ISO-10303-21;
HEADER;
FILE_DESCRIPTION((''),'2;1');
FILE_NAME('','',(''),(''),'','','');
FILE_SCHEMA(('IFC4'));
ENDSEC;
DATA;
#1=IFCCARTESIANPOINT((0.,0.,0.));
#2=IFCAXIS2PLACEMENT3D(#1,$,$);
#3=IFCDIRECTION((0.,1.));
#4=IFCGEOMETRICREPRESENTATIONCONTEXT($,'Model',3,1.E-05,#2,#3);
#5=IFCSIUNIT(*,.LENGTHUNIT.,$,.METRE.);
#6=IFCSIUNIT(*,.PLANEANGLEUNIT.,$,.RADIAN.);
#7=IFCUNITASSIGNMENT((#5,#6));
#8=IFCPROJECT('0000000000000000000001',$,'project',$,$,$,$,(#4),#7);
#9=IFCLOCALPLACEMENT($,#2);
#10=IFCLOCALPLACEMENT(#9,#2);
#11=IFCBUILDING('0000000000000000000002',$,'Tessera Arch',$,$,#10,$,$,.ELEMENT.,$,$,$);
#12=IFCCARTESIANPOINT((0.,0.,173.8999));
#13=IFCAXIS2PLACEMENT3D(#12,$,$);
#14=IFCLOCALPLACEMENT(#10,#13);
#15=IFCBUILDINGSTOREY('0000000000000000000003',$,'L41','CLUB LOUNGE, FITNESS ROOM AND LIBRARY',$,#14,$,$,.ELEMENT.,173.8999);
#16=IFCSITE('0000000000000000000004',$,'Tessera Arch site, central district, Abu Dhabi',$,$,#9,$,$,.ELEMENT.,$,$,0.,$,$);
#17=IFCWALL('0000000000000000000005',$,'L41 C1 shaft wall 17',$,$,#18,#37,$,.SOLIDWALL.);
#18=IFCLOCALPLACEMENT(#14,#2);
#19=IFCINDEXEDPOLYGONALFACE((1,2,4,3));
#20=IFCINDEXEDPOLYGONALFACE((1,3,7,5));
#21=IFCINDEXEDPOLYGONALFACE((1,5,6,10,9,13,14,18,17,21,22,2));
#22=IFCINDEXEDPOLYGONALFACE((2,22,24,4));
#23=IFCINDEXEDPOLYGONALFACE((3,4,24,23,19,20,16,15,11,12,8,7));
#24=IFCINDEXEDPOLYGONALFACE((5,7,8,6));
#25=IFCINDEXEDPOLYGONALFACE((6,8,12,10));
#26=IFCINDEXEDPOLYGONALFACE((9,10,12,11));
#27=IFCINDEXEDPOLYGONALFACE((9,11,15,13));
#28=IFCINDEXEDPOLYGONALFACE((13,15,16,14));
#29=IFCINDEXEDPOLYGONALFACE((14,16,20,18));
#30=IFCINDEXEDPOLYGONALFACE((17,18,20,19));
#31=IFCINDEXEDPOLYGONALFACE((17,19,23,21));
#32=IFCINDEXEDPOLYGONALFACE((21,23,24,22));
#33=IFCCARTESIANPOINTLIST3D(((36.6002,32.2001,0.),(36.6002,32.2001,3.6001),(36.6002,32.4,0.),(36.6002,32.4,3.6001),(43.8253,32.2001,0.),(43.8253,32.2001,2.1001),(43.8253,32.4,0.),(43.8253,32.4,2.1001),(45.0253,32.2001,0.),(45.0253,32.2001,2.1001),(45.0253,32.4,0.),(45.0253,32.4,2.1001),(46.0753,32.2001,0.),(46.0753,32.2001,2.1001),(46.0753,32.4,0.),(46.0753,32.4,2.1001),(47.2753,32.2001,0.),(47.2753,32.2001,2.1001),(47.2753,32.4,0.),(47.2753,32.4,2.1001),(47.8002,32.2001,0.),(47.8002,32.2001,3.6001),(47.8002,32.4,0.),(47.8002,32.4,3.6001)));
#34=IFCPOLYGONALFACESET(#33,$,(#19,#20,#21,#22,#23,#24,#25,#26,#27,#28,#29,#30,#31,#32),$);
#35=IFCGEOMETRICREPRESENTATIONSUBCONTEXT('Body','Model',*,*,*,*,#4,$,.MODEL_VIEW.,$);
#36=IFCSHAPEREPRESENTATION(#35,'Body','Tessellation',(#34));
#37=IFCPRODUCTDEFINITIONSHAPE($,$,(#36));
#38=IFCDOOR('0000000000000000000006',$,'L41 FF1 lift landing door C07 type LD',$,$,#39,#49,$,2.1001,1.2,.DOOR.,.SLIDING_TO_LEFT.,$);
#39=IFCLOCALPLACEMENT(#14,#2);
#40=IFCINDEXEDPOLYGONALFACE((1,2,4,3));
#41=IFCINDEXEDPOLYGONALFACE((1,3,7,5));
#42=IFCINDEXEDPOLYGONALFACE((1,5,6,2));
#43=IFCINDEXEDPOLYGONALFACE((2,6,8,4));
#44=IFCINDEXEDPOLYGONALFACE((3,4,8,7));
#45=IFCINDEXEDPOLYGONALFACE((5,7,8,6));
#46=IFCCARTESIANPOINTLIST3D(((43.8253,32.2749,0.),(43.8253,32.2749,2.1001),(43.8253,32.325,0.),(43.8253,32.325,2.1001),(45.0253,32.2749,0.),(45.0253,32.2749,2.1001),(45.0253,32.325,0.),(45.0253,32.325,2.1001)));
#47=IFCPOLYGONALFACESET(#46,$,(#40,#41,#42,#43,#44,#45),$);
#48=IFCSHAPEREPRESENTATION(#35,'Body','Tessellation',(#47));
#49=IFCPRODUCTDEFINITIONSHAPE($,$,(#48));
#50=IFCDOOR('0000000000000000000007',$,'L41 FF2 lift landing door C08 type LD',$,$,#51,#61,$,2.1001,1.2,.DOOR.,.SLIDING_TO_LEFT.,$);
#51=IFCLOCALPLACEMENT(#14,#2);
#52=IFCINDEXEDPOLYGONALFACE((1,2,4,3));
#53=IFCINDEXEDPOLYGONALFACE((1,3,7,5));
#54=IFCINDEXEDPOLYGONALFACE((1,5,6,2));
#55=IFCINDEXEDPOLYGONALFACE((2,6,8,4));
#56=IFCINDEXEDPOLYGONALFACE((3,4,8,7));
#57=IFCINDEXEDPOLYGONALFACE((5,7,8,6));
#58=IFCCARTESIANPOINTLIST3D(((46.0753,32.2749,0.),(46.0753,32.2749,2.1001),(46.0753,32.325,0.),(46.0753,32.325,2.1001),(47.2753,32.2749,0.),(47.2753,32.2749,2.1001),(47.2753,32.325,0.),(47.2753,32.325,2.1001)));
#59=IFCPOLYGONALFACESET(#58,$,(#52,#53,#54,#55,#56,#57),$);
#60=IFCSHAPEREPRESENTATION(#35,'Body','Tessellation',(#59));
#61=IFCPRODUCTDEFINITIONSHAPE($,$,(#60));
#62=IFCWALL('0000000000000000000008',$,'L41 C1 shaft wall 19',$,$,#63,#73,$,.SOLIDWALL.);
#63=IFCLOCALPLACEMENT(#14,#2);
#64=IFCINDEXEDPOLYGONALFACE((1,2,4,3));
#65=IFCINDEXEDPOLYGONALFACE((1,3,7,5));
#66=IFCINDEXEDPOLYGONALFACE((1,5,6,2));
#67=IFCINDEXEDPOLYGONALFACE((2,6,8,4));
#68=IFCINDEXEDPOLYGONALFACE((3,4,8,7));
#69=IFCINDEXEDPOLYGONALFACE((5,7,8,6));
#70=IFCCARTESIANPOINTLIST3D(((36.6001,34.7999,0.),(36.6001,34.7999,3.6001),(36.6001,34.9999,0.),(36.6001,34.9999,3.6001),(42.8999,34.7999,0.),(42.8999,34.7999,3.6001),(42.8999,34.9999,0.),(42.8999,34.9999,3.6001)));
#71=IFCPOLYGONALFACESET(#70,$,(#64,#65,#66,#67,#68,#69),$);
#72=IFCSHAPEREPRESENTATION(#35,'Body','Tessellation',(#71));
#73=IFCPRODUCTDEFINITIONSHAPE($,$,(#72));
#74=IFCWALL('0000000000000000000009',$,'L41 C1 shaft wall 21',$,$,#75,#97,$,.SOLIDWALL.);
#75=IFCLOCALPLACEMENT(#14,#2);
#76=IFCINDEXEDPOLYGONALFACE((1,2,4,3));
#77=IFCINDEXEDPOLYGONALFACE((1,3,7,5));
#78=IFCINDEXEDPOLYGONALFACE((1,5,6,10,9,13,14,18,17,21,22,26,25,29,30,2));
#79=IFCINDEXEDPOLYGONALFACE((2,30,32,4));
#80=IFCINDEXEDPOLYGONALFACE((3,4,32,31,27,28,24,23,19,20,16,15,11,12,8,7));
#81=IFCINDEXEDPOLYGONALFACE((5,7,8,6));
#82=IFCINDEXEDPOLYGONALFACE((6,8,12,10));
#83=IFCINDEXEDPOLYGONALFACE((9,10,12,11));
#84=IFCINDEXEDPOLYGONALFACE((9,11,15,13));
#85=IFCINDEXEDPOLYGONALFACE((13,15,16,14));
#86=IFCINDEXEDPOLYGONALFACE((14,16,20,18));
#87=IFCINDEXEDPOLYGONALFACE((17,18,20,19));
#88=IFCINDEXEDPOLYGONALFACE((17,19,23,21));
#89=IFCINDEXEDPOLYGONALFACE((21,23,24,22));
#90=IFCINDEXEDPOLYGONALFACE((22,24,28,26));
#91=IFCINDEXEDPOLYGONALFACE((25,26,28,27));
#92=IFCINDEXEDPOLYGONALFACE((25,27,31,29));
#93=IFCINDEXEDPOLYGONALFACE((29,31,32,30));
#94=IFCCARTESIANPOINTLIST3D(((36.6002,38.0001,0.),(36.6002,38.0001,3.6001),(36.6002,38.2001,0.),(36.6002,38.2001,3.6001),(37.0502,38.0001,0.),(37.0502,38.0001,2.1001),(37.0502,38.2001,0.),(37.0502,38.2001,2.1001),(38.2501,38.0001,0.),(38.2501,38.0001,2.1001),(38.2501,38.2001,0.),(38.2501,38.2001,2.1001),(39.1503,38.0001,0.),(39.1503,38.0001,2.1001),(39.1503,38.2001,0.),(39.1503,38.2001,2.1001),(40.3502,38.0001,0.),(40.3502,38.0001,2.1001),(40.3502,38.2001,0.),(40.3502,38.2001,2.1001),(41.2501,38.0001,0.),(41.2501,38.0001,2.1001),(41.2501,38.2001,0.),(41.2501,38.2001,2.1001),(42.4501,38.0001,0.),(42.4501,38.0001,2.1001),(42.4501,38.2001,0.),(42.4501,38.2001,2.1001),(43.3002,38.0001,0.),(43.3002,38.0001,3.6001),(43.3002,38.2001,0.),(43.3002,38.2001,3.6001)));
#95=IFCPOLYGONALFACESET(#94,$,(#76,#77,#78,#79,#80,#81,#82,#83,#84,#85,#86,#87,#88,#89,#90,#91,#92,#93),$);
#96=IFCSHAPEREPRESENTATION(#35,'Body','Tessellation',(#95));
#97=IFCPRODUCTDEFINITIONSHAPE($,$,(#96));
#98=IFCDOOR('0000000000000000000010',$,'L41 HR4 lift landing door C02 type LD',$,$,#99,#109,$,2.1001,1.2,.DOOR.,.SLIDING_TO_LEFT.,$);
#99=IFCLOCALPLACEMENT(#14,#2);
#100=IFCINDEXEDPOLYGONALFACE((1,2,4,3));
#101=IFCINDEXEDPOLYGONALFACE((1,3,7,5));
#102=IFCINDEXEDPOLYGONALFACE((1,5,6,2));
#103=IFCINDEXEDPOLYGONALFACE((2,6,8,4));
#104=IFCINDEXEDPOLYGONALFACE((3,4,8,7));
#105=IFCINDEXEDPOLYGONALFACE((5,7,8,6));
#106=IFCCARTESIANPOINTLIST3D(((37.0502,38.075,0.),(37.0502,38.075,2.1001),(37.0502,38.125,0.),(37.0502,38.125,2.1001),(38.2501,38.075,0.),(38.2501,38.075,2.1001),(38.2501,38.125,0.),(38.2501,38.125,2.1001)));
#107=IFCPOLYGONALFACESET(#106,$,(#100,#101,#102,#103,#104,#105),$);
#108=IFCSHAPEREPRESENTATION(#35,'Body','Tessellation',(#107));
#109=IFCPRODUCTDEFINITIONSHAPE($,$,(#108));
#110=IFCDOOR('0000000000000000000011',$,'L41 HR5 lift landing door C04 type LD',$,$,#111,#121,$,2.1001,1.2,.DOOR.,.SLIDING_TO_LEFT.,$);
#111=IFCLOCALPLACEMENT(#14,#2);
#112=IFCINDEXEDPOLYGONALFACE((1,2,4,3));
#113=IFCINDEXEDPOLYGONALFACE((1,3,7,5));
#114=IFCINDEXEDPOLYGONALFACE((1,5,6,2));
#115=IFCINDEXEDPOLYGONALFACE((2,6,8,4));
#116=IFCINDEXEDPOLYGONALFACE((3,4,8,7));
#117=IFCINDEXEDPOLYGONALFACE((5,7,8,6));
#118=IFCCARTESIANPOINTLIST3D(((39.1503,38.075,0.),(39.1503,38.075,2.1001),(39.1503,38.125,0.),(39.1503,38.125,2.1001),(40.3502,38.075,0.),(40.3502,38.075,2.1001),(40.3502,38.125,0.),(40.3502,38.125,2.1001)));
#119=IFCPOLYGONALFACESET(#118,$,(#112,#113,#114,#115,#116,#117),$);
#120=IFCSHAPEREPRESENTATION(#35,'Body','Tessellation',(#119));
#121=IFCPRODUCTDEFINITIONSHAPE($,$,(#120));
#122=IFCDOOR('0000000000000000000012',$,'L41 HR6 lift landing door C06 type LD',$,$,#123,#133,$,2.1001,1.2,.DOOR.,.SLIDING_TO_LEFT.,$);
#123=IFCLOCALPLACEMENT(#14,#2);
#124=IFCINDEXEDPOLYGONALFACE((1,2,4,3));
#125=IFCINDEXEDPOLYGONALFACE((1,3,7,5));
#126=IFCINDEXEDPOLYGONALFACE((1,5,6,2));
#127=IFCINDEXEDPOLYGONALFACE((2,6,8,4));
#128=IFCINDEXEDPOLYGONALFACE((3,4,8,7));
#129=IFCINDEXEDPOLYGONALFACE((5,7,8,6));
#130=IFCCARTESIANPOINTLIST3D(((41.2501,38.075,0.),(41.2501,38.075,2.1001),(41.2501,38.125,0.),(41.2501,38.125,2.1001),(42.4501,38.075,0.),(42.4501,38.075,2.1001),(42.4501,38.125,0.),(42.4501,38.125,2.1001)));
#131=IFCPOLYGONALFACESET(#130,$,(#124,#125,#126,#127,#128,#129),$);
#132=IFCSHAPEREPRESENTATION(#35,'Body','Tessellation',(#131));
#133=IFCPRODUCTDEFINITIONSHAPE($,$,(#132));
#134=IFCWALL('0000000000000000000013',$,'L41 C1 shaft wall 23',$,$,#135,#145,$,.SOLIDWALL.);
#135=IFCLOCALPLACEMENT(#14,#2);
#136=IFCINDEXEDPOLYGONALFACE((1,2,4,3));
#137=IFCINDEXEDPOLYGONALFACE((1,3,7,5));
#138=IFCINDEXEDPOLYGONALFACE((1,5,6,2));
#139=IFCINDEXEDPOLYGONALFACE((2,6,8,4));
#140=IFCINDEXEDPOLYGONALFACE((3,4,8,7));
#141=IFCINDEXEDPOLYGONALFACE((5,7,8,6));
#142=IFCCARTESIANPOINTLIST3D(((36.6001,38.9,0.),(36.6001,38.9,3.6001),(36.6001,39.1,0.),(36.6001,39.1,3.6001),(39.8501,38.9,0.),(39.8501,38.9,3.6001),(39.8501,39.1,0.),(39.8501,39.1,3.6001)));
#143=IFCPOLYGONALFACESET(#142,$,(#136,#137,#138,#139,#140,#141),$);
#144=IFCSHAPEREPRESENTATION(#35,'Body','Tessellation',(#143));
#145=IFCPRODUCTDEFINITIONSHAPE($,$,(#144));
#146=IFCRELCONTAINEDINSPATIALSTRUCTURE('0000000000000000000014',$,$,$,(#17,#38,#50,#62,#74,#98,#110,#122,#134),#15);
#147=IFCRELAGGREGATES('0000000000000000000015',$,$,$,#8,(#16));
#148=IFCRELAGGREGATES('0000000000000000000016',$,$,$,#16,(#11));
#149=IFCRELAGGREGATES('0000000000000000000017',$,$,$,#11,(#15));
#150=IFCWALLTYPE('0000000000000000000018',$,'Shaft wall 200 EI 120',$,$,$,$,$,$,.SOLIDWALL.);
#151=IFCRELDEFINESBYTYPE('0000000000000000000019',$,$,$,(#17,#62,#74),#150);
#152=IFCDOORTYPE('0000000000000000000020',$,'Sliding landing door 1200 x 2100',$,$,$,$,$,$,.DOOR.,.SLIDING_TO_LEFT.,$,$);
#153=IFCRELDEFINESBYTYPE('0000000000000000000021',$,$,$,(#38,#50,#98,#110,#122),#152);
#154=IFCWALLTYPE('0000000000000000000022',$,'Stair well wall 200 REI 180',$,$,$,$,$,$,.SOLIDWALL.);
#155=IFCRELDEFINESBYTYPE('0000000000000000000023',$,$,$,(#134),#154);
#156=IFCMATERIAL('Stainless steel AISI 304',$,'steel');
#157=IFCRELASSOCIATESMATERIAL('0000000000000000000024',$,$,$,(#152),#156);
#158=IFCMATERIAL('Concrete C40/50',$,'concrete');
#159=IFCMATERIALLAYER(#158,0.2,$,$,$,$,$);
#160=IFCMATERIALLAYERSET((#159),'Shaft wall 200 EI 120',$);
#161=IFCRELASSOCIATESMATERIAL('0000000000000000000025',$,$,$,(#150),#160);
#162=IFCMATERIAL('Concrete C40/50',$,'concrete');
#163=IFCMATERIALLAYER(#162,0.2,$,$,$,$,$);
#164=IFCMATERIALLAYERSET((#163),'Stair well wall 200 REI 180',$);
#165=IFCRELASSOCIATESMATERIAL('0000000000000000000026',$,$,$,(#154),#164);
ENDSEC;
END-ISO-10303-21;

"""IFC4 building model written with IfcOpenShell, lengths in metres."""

from ifc_helpers import new_model, si_unit, direction, frame, frame_2d, origin, place, context, subcontext, project, spatial, rectangle, extrude, material, layer, layer_set, type_object, element, fill, save


model = new_model("IFC4")

# Units and contexts
model_context = context("Model", 3, precision=1e-05, world=origin(), true_north=direction((0.0, 1.0)))
body_context = subcontext(model_context, "Body", "Model", "MODEL_VIEW")
ifc_project = project(units=[si_unit("LENGTHUNIT", "METRE"), si_unit("PLANEANGLEUNIT", "RADIAN")], contexts=[model_context])

# Site, building, storey
site_placement = place(None, origin())
site = spatial("IfcSite", under=ifc_project, at=site_placement, Name="Tessera Arch site, central district, Abu Dhabi", CompositionType="ELEMENT", RefElevation=0.0)
building_placement = place(site_placement, origin())
building = spatial("IfcBuilding", under=site, at=building_placement, Name="Tessera Arch", CompositionType="ELEMENT")
storey_placement = place(building_placement, frame((0.0, 0.0, 173.8999)))
storey = spatial("IfcBuildingStorey", under=building, at=storey_placement, Name="L41", Description="CLUB LOUNGE, FITNESS ROOM AND LIBRARY", CompositionType="ELEMENT", Elevation=173.8999)

# Shared definitions
ifc_material_1 = material(Name="Stainless steel AISI 304", Category="steel")
door_type_1 = type_object("IfcDoorType", Name="Sliding landing door 1200 x 2100", OperationType="SLIDING_TO_LEFT", PredefinedType="DOOR", material=ifc_material_1)

# Shared definitions
ifc_material_2 = material(Name="Concrete C40/50", Category="concrete")
ifc_layer_1 = layer(ifc_material_2, 0.2)
ifc_layer_set_1 = layer_set([ifc_layer_1], Name="Shaft wall 200 EI 120")
wall_type_1 = type_object("IfcWallType", Name="Shaft wall 200 EI 120", PredefinedType="SOLIDWALL", material=ifc_layer_set_1)

# Wall, openings, doors
wall_1_placement = place(storey_placement, frame((36.6001, 32.3, 0.0), z_axis=(0.0, 0.0, 1.0), x_axis=(1.0, 0.0, 0.0)))
wall_1 = element("IfcWall", 1, at=wall_1_placement, inside=storey, type_object=wall_type_1, Name="L41 C1 shaft wall 17", PredefinedType="SOLIDWALL", context=body_context, shape_type="SweptSolid", body=[
    extrude(rectangle(XDim=11.2, YDim=0.2, at=frame_2d((5.6001, 0.0))), origin(), (0.0, 0.0, 1.0), 3.6001),
])
opening_1_placement = place(wall_1_placement, frame((7.2251, 0.0, 0.0)))
opening_1 = element("IfcOpeningElement", 2, at=opening_1_placement, cuts=wall_1, PredefinedType="OPENING", context=body_context, shape_type="SweptSolid", body=[
    extrude(rectangle(XDim=1.2, YDim=2.1001, at=frame_2d((0.6001, 1.05))), frame((0.0, 0.1099, 0.0), z_axis=(0.0, -1.0, 0.0), x_axis=(1.0, 0.0, 0.0)), (0.0, 0.0, 1.0), 0.22),
])
opening_2_placement = place(wall_1_placement, frame((9.4751, 0.0, 0.0)))
opening_2 = element("IfcOpeningElement", 3, at=opening_2_placement, cuts=wall_1, PredefinedType="OPENING", context=body_context, shape_type="SweptSolid", body=[
    extrude(rectangle(XDim=1.2, YDim=2.1001, at=frame_2d((0.6001, 1.05))), frame((0.0, 0.1099, 0.0), z_axis=(0.0, -1.0, 0.0), x_axis=(1.0, 0.0, 0.0)), (0.0, 0.0, 1.0), 0.22),
])
door_1_placement = place(opening_1_placement, origin())
door_1 = element("IfcDoor", 4, at=door_1_placement, inside=storey, type_object=door_type_1, Name="L41 FF1 lift landing door C07 type LD", OperationType="SLIDING_TO_LEFT", OverallHeight=2.1001, OverallWidth=1.2, PredefinedType="DOOR", context=body_context, shape_type="SweptSolid", body=[
    extrude(rectangle(XDim=1.2, YDim=2.1001, at=frame_2d((0.6001, 1.05))), frame((0.0, 0.0249, 0.0), z_axis=(0.0, -1.0, 0.0), x_axis=(1.0, 0.0, 0.0)), (0.0, 0.0, 1.0), 0.05),
])
fill(opening_1, door_1)
door_2_placement = place(opening_2_placement, origin())
door_2 = element("IfcDoor", 5, at=door_2_placement, inside=storey, type_object=door_type_1, Name="L41 FF2 lift landing door C08 type LD", OperationType="SLIDING_TO_LEFT", OverallHeight=2.1001, OverallWidth=1.2, PredefinedType="DOOR", context=body_context, shape_type="SweptSolid", body=[
    extrude(rectangle(XDim=1.2, YDim=2.1001, at=frame_2d((0.6001, 1.05))), frame((0.0, 0.0249, 0.0), z_axis=(0.0, -1.0, 0.0), x_axis=(1.0, 0.0, 0.0)), (0.0, 0.0, 1.0), 0.05),
])
fill(opening_2, door_2)

# Wall
wall_2_placement = place(storey_placement, frame((36.6001, 34.8999, 0.0), z_axis=(0.0, 0.0, 1.0), x_axis=(1.0, 0.0, 0.0)))
element("IfcWall", 6, at=wall_2_placement, inside=storey, type_object=wall_type_1, Name="L41 C1 shaft wall 19", PredefinedType="SOLIDWALL", context=body_context, shape_type="SweptSolid", body=[
    extrude(rectangle(XDim=6.2998, YDim=0.2, at=frame_2d((3.1499, 0.0))), origin(), (0.0, 0.0, 1.0), 3.6001),
])

# Wall, openings, doors
wall_3_placement = place(storey_placement, frame((36.6001, 38.1001, 0.0), z_axis=(0.0, 0.0, 1.0), x_axis=(1.0, 0.0, 0.0)))
wall_3 = element("IfcWall", 7, at=wall_3_placement, inside=storey, type_object=wall_type_1, Name="L41 C1 shaft wall 21", PredefinedType="SOLIDWALL", context=body_context, shape_type="SweptSolid", body=[
    extrude(rectangle(XDim=6.7, YDim=0.2, at=frame_2d((3.3501, 0.0))), origin(), (0.0, 0.0, 1.0), 3.6001),
])
opening_3_placement = place(wall_3_placement, frame((0.45, 0.0, 0.0)))
opening_3 = element("IfcOpeningElement", 8, at=opening_3_placement, cuts=wall_3, PredefinedType="OPENING", context=body_context, shape_type="SweptSolid", body=[
    extrude(rectangle(XDim=1.2, YDim=2.1001, at=frame_2d((0.6001, 1.05))), frame((0.0, 0.1099, 0.0), z_axis=(0.0, -1.0, 0.0), x_axis=(1.0, 0.0, 0.0)), (0.0, 0.0, 1.0), 0.22),
])
opening_4_placement = place(wall_3_placement, frame((2.55, 0.0, 0.0)))
opening_4 = element("IfcOpeningElement", 9, at=opening_4_placement, cuts=wall_3, PredefinedType="OPENING", context=body_context, shape_type="SweptSolid", body=[
    extrude(rectangle(XDim=1.2, YDim=2.1001, at=frame_2d((0.6001, 1.05))), frame((0.0, 0.1099, 0.0), z_axis=(0.0, -1.0, 0.0), x_axis=(1.0, 0.0, 0.0)), (0.0, 0.0, 1.0), 0.22),
])
opening_5_placement = place(wall_3_placement, frame((4.6499, 0.0, 0.0)))
opening_5 = element("IfcOpeningElement", 10, at=opening_5_placement, cuts=wall_3, PredefinedType="OPENING", context=body_context, shape_type="SweptSolid", body=[
    extrude(rectangle(XDim=1.2, YDim=2.1001, at=frame_2d((0.6001, 1.05))), frame((0.0, 0.1099, 0.0), z_axis=(0.0, -1.0, 0.0), x_axis=(1.0, 0.0, 0.0)), (0.0, 0.0, 1.0), 0.22),
])
door_3_placement = place(opening_3_placement, origin())
door_3 = element("IfcDoor", 11, at=door_3_placement, inside=storey, type_object=door_type_1, Name="L41 HR4 lift landing door C02 type LD", OperationType="SLIDING_TO_LEFT", OverallHeight=2.1001, OverallWidth=1.2, PredefinedType="DOOR", context=body_context, shape_type="SweptSolid", body=[
    extrude(rectangle(XDim=1.2, YDim=2.1001, at=frame_2d((0.6001, 1.05))), frame((0.0, 0.0249, 0.0), z_axis=(0.0, -1.0, 0.0), x_axis=(1.0, 0.0, 0.0)), (0.0, 0.0, 1.0), 0.05),
])
fill(opening_3, door_3)
door_4_placement = place(opening_4_placement, origin())
door_4 = element("IfcDoor", 12, at=door_4_placement, inside=storey, type_object=door_type_1, Name="L41 HR5 lift landing door C04 type LD", OperationType="SLIDING_TO_LEFT", OverallHeight=2.1001, OverallWidth=1.2, PredefinedType="DOOR", context=body_context, shape_type="SweptSolid", body=[
    extrude(rectangle(XDim=1.2, YDim=2.1001, at=frame_2d((0.6001, 1.05))), frame((0.0, 0.0249, 0.0), z_axis=(0.0, -1.0, 0.0), x_axis=(1.0, 0.0, 0.0)), (0.0, 0.0, 1.0), 0.05),
])
fill(opening_4, door_4)
door_5_placement = place(opening_5_placement, origin())
door_5 = element("IfcDoor", 13, at=door_5_placement, inside=storey, type_object=door_type_1, Name="L41 HR6 lift landing door C06 type LD", OperationType="SLIDING_TO_LEFT", OverallHeight=2.1001, OverallWidth=1.2, PredefinedType="DOOR", context=body_context, shape_type="SweptSolid", body=[
    extrude(rectangle(XDim=1.2, YDim=2.1001, at=frame_2d((0.6001, 1.05))), frame((0.0, 0.0249, 0.0), z_axis=(0.0, -1.0, 0.0), x_axis=(1.0, 0.0, 0.0)), (0.0, 0.0, 1.0), 0.05),
])
fill(opening_5, door_5)

# Wall
ifc_material_3 = material(Name="Concrete C40/50", Category="concrete")
ifc_layer_2 = layer(ifc_material_3, 0.2)
ifc_layer_set_2 = layer_set([ifc_layer_2], Name="Stair well wall 200 REI 180")
wall_type_2 = type_object("IfcWallType", Name="Stair well wall 200 REI 180", PredefinedType="SOLIDWALL", material=ifc_layer_set_2)
wall_4_placement = place(storey_placement, frame((36.6001, 39.0, 0.0), z_axis=(0.0, 0.0, 1.0), x_axis=(1.0, 0.0, 0.0)))
element("IfcWall", 14, at=wall_4_placement, inside=storey, type_object=wall_type_2, Name="L41 C1 shaft wall 23", PredefinedType="SOLIDWALL", context=body_context, shape_type="SweptSolid", body=[
    extrude(rectangle(XDim=3.25, YDim=0.2, at=frame_2d((1.625, 0.0))), origin(), (0.0, 0.0, 1.0), 3.6001),
])

save(model, "model.ifc")
